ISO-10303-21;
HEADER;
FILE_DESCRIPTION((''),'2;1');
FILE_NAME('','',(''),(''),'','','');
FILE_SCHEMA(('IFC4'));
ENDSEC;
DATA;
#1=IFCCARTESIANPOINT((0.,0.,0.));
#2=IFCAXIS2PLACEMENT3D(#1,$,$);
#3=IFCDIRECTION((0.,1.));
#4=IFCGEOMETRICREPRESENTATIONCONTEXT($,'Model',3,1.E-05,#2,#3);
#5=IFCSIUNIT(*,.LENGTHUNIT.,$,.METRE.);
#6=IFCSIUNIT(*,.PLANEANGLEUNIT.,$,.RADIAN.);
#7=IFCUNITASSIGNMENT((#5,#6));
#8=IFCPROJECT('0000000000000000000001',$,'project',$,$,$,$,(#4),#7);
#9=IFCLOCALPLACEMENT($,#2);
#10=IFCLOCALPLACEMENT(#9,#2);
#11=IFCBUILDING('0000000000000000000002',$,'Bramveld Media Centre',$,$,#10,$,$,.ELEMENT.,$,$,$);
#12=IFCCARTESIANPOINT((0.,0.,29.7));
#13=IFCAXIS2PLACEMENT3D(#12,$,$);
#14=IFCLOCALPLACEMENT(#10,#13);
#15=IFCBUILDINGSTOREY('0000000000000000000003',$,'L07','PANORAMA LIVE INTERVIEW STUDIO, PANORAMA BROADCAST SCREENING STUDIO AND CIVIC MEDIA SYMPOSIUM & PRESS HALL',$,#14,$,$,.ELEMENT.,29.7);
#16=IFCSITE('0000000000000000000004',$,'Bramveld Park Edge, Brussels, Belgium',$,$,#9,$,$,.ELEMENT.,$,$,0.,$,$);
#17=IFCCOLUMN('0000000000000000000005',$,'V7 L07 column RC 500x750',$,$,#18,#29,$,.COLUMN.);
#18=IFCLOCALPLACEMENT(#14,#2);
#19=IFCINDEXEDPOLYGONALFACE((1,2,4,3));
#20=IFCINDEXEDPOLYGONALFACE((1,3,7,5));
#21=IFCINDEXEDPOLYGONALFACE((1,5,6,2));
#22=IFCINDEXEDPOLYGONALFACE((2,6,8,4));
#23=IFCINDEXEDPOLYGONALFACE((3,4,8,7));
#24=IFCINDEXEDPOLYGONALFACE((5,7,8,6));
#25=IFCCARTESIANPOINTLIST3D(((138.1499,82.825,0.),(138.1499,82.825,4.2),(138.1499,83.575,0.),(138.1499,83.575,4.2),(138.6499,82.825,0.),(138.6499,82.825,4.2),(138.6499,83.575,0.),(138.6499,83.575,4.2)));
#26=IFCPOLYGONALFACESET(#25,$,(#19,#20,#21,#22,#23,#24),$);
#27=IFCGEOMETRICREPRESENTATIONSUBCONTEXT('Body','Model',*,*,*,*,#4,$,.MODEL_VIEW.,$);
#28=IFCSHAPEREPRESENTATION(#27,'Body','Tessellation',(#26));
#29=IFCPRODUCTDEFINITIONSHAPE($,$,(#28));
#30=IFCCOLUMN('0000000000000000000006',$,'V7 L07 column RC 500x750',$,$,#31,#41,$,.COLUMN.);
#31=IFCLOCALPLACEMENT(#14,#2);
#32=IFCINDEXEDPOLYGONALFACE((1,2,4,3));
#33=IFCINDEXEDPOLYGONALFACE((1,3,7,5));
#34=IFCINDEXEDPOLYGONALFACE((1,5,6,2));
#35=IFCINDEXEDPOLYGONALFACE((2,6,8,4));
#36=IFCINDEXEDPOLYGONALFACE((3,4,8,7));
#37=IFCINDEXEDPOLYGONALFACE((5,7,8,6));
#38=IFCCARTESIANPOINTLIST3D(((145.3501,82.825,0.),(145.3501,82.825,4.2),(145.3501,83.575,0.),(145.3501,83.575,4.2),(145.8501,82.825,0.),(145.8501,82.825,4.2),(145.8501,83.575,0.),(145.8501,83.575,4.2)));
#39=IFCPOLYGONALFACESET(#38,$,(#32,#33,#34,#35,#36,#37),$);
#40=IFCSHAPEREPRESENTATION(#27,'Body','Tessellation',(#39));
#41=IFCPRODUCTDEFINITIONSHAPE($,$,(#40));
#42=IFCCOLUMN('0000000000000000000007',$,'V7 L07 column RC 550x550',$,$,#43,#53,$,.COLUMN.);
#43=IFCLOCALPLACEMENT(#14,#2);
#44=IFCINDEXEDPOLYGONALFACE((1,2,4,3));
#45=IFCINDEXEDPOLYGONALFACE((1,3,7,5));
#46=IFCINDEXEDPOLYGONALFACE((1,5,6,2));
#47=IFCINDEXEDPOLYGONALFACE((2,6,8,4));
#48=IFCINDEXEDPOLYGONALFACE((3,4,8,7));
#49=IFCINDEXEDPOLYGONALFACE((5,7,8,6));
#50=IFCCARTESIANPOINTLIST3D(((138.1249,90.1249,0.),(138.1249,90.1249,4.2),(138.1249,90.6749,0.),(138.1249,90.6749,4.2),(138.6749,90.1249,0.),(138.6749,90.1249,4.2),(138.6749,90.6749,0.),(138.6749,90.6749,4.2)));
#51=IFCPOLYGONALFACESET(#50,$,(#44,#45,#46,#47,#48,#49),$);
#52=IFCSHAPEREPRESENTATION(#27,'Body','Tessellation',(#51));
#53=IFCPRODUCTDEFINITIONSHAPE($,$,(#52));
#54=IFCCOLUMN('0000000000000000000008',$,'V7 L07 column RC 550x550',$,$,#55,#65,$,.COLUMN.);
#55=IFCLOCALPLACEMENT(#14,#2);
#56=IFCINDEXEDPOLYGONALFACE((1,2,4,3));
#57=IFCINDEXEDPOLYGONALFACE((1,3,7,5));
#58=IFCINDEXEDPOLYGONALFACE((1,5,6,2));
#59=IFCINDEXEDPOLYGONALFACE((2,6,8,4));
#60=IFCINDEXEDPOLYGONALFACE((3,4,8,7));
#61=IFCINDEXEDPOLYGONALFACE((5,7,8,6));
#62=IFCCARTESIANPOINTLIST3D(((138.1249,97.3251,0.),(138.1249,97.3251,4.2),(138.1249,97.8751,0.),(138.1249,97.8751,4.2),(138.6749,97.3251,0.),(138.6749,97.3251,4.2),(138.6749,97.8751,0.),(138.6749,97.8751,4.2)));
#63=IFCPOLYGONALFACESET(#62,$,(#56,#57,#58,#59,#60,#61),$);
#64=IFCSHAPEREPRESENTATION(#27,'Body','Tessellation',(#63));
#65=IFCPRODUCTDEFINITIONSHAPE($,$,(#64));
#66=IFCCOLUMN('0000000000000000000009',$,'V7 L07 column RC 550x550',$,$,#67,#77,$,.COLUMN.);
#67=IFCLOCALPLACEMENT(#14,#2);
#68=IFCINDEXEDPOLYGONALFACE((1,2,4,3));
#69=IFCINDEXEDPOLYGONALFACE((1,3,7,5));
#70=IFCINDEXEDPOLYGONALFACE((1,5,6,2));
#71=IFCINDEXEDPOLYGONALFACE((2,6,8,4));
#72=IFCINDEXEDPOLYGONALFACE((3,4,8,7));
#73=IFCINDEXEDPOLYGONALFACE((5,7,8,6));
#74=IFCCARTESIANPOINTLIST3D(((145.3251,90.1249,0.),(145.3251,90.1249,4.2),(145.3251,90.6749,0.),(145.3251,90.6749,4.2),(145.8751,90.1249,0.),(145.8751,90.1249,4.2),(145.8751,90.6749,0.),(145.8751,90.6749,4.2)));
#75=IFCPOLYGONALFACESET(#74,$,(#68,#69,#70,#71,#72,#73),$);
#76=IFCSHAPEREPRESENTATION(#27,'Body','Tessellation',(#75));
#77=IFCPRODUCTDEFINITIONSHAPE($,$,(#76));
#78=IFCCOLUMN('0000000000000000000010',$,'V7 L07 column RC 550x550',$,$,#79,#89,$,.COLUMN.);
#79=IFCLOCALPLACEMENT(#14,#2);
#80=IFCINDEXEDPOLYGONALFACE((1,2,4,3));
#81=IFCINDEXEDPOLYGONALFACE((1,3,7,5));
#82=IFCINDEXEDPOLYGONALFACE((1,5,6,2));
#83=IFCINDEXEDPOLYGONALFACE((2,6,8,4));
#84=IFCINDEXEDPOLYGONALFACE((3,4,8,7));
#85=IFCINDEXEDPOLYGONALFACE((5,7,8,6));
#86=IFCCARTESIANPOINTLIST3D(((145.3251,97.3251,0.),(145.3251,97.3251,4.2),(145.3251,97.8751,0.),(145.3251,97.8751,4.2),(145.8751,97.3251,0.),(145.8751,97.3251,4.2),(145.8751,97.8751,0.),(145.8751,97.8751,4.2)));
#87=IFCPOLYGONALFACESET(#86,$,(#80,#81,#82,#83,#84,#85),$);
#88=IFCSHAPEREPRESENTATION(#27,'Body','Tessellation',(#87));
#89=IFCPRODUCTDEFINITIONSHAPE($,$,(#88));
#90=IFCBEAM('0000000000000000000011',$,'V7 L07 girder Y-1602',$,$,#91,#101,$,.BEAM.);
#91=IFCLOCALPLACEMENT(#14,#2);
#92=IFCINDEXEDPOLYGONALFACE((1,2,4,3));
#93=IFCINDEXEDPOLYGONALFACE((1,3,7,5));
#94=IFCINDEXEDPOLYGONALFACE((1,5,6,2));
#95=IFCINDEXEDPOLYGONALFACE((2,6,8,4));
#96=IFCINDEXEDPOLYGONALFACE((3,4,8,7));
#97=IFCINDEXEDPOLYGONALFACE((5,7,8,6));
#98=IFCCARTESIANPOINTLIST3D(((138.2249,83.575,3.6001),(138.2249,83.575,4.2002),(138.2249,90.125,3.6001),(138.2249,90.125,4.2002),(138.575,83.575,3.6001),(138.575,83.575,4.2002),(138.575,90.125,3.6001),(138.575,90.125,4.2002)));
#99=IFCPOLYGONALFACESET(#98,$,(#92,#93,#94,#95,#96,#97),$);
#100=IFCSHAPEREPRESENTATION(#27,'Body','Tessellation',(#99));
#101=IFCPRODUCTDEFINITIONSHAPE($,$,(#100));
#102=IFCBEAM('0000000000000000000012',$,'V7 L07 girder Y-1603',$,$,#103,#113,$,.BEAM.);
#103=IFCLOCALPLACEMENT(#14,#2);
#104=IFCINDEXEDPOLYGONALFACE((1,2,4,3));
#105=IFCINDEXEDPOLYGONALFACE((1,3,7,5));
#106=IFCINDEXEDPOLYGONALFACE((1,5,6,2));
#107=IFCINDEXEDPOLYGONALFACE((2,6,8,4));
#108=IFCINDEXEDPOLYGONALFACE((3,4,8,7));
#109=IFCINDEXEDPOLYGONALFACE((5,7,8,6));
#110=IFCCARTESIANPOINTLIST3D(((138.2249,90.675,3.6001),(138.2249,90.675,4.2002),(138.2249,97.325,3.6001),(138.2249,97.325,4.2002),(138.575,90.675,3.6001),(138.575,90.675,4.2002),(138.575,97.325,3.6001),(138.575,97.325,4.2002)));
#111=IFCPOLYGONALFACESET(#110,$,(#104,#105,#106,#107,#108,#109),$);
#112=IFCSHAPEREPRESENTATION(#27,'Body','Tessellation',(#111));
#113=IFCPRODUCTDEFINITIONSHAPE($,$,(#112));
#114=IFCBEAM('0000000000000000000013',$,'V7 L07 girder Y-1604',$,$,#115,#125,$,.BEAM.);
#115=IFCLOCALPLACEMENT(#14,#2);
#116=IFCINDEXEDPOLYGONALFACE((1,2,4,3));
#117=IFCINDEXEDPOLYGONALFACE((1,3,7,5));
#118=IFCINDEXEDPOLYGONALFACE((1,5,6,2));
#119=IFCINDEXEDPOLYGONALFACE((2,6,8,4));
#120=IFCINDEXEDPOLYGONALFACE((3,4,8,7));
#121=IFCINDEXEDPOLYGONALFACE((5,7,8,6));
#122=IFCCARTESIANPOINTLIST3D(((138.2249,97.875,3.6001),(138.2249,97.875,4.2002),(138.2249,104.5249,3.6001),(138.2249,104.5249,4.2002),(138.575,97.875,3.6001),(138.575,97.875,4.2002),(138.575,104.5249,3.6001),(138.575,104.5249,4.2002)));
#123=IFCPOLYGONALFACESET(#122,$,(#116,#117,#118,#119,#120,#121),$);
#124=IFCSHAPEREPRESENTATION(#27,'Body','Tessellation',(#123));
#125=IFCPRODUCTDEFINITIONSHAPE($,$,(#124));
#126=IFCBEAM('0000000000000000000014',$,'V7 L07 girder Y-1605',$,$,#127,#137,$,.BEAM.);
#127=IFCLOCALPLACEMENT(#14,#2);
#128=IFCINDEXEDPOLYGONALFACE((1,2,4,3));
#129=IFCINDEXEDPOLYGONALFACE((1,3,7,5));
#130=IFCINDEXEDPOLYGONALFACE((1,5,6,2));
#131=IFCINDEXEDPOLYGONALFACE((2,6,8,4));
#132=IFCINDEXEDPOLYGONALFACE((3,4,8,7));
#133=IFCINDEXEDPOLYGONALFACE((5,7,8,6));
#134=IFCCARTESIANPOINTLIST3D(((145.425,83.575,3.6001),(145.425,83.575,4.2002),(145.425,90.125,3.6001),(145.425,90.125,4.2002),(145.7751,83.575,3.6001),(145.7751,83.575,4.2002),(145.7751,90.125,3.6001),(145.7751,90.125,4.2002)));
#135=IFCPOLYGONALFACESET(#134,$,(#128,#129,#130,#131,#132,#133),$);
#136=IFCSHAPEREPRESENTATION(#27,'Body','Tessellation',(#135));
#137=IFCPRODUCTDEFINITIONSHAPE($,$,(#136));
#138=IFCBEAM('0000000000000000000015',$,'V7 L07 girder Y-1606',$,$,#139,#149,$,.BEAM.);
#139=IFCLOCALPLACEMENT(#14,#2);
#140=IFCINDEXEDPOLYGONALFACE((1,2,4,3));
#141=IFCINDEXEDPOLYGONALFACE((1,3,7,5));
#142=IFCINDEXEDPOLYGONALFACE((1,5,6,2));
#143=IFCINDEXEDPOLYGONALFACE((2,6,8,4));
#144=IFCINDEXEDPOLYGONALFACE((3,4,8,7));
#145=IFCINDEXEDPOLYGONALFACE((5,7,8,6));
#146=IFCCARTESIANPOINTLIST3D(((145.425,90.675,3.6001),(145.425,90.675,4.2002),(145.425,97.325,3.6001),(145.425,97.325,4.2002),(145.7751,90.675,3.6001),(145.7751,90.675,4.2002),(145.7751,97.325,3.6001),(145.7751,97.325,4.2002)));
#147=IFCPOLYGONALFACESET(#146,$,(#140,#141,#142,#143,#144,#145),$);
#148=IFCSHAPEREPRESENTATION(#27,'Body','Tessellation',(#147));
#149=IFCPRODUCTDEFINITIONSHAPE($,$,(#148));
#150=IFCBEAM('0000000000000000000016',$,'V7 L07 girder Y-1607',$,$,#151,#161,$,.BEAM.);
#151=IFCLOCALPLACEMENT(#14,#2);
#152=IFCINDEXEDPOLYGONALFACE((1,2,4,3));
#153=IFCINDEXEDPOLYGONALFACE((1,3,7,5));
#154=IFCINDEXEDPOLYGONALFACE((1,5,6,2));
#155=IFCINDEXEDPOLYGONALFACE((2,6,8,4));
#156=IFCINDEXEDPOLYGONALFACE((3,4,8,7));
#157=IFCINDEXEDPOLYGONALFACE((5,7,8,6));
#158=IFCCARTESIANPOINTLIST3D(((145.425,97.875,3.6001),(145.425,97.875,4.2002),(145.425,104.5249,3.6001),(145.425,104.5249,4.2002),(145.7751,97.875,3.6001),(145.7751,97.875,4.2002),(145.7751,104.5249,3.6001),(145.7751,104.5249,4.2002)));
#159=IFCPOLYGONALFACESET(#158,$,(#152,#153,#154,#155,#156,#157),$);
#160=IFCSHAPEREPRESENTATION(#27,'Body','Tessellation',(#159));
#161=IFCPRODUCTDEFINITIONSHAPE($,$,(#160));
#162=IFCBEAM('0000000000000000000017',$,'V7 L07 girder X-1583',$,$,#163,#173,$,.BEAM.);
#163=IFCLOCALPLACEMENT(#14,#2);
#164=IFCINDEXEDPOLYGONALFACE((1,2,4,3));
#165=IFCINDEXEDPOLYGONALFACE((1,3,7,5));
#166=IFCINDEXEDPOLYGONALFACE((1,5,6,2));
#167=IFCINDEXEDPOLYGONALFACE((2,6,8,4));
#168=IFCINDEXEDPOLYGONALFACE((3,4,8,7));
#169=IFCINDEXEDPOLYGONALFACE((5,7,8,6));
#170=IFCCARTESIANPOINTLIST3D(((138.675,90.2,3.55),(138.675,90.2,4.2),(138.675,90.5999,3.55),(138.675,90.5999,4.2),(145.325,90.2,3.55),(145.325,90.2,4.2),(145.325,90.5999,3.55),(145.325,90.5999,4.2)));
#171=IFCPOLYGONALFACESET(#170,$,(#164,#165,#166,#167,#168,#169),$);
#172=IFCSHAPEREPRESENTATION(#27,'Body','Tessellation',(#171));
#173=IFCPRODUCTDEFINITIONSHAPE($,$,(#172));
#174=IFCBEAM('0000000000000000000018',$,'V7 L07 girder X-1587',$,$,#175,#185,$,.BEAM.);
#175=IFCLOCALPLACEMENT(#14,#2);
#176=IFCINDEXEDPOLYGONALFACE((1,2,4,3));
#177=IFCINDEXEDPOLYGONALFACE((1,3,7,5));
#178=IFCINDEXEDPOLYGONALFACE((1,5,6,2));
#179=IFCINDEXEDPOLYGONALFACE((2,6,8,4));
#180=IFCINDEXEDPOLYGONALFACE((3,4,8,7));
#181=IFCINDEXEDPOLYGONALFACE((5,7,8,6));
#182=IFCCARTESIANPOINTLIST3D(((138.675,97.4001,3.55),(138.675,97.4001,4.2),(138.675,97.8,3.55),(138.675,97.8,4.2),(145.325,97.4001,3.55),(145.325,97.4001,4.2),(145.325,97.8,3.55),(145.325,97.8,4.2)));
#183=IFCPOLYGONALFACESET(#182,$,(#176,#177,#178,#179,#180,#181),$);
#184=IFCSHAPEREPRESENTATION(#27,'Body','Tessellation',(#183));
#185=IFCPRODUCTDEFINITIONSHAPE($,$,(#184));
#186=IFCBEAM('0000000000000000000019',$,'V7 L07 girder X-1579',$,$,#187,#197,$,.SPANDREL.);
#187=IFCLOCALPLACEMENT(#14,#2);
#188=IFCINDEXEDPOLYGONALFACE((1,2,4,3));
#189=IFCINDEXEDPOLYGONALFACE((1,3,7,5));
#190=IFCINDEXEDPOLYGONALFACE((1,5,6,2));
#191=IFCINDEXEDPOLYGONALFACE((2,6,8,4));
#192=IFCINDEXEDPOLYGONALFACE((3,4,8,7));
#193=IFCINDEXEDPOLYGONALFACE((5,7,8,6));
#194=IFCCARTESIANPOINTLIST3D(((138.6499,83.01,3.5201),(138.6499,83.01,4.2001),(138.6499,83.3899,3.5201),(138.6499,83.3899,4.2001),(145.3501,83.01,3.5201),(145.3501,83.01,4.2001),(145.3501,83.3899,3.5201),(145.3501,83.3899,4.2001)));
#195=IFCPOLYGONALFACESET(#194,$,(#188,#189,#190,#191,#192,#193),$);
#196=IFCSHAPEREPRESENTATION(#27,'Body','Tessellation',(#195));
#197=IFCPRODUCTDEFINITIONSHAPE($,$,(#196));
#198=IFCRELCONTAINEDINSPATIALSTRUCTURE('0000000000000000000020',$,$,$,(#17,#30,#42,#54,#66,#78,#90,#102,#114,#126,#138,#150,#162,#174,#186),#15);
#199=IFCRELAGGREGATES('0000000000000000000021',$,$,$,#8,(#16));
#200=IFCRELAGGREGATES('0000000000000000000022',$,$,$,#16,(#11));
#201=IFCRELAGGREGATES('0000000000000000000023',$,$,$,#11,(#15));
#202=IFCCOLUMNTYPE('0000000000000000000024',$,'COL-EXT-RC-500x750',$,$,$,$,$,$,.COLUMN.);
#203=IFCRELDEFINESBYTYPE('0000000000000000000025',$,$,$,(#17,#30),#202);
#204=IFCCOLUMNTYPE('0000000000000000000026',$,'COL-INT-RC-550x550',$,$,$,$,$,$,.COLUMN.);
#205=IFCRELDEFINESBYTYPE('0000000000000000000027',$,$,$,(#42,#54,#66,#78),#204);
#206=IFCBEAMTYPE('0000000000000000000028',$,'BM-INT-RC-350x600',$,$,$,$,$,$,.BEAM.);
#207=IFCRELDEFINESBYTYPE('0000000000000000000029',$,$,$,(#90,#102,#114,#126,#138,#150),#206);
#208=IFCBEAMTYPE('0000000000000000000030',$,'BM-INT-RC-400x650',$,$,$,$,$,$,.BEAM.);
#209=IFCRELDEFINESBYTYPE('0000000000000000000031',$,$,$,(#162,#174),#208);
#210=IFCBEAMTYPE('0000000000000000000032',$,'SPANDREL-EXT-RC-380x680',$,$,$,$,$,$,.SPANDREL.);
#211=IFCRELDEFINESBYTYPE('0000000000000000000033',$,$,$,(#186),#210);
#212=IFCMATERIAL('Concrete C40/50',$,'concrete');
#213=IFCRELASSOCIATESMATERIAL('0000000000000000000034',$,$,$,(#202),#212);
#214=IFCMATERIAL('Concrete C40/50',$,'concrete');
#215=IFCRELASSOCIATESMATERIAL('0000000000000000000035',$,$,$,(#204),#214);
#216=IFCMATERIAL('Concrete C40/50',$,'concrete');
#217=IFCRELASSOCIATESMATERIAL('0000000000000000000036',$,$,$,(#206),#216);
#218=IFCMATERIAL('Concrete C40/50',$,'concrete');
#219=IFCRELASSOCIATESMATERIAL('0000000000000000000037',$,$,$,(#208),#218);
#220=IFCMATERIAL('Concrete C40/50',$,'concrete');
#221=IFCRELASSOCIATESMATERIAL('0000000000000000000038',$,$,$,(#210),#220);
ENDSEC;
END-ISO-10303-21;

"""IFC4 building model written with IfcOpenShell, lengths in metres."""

from ifc_helpers import new_model, si_unit, direction, frame, origin, origin_2d, place, context, subcontext, project, spatial, rectangle, extrude, material, material_profile, profile_set, type_object, element, save


model = new_model("IFC4")

# Units and contexts
model_context = context("Model", 3, precision=1e-05, world=origin(), true_north=direction((0.0, 1.0)))
body_context = subcontext(model_context, "Body", "Model", "MODEL_VIEW")
ifc_project = project(units=[si_unit("LENGTHUNIT", "METRE"), si_unit("PLANEANGLEUNIT", "RADIAN")], contexts=[model_context])

# Site, building, storey
site_placement = place(None, origin())
site = spatial("IfcSite", under=ifc_project, at=site_placement, Name="Bramveld Park Edge, Brussels, Belgium", CompositionType="ELEMENT", RefElevation=0.0)
building_placement = place(site_placement, origin())
building = spatial("IfcBuilding", under=site, at=building_placement, Name="Bramveld Media Centre", CompositionType="ELEMENT")
storey_placement = place(building_placement, frame((0.0, 0.0, 29.7)))
storey = spatial("IfcBuildingStorey", under=building, at=storey_placement, Name="L07", Description="PANORAMA LIVE INTERVIEW STUDIO, PANORAMA BROADCAST SCREENING STUDIO AND CIVIC MEDIA SYMPOSIUM & PRESS HALL", CompositionType="ELEMENT", Elevation=29.7)

# Columns
ifc_material_1 = material(Name="Concrete C40/50", Category="concrete")
ifc_material_profile_1 = material_profile(ifc_material_1, rectangle(XDim=0.5, YDim=0.75, at=origin_2d()), Name="RC 500x750")
ifc_profile_set_1 = profile_set([ifc_material_profile_1], Name="Concrete C40/50")
column_type_1 = type_object("IfcColumnType", Name="COL-EXT-RC-500x750", PredefinedType="COLUMN", material=ifc_profile_set_1)
for number, where, z_axis, x_axis, name in (
    (1, (138.3999, 83.2, 0.0), (0.0, 0.0, 1.0), (1.0, 0.0, 0.0), "V7 L07 column RC 500x750"),
    (2, (145.6001, 83.2, 0.0), (0.0, 0.0, 1.0), (1.0, 0.0, 0.0), "V7 L07 column RC 500x750"),
):
    element("IfcColumn", number, at=place(storey_placement, frame(where, z_axis=z_axis, x_axis=x_axis)), inside=storey, type_object=column_type_1, Name=name, PredefinedType="COLUMN", context=body_context, shape_type="SweptSolid", body=[
        extrude(rectangle(XDim=0.5, YDim=0.75, at=origin_2d()), origin(), (0.0, 0.0, 1.0), 4.2),
    ])
ifc_material_2 = material(Name="Concrete C40/50", Category="concrete")
ifc_material_profile_2 = material_profile(ifc_material_2, rectangle(XDim=0.55, YDim=0.55, at=origin_2d()), Name="RC 550x550")
ifc_profile_set_2 = profile_set([ifc_material_profile_2], Name="Concrete C40/50")
column_type_2 = type_object("IfcColumnType", Name="COL-INT-RC-550x550", PredefinedType="COLUMN", material=ifc_profile_set_2)
for number, where, z_axis, x_axis, name in (
    (3, (138.3999, 90.3999, 0.0), (0.0, 0.0, 1.0), (1.0, 0.0, 0.0), "V7 L07 column RC 550x550"),
    (4, (138.3999, 97.6001, 0.0), (0.0, 0.0, 1.0), (1.0, 0.0, 0.0), "V7 L07 column RC 550x550"),
    (5, (145.6001, 90.3999, 0.0), (0.0, 0.0, 1.0), (1.0, 0.0, 0.0), "V7 L07 column RC 550x550"),
    (6, (145.6001, 97.6001, 0.0), (0.0, 0.0, 1.0), (1.0, 0.0, 0.0), "V7 L07 column RC 550x550"),
):
    element("IfcColumn", number, at=place(storey_placement, frame(where, z_axis=z_axis, x_axis=x_axis)), inside=storey, type_object=column_type_2, Name=name, PredefinedType="COLUMN", context=body_context, shape_type="SweptSolid", body=[
        extrude(rectangle(XDim=0.55, YDim=0.55, at=origin_2d()), origin(), (0.0, 0.0, 1.0), 4.2),
    ])

# Beams
ifc_material_3 = material(Name="Concrete C40/50", Category="concrete")
ifc_material_profile_3 = material_profile(ifc_material_3, rectangle(XDim=0.3501, YDim=0.6001, at=origin_2d()), Name="RC 350x600")
ifc_profile_set_3 = profile_set([ifc_material_profile_3], Name="Concrete C40/50")
beam_type_1 = type_object("IfcBeamType", Name="BM-INT-RC-350x600", PredefinedType="BEAM", material=ifc_profile_set_3)
beam_1_placement = place(storey_placement, frame((138.3999, 83.575, 3.9001), z_axis=(0.0, 1.0, 0.0), x_axis=(-1.0, 0.0, 0.0)))
element("IfcBeam", 7, at=beam_1_placement, inside=storey, type_object=beam_type_1, Name="V7 L07 girder Y-1602", PredefinedType="BEAM", context=body_context, shape_type="SweptSolid", body=[
    extrude(rectangle(XDim=0.3501, YDim=0.6001, at=origin_2d()), origin(), (0.0, 0.0, 1.0), 6.55),
])
for number, where, z_axis, x_axis, name in (
    (8, (138.3999, 90.675, 3.9001), (0.0, 1.0, 0.0), (-1.0, 0.0, 0.0), "V7 L07 girder Y-1603"),
    (9, (138.3999, 97.875, 3.9001), (0.0, 1.0, 0.0), (-1.0, 0.0, 0.0), "V7 L07 girder Y-1604"),
):
    element("IfcBeam", number, at=place(storey_placement, frame(where, z_axis=z_axis, x_axis=x_axis)), inside=storey, type_object=beam_type_1, Name=name, PredefinedType="BEAM", context=body_context, shape_type="SweptSolid", body=[
        extrude(rectangle(XDim=0.3501, YDim=0.6001, at=origin_2d()), origin(), (0.0, 0.0, 1.0), 6.6499),
    ])
beam_2_placement = place(storey_placement, frame((145.6001, 83.575, 3.9001), z_axis=(0.0, 1.0, 0.0), x_axis=(-1.0, 0.0, 0.0)))
element("IfcBeam", 10, at=beam_2_placement, inside=storey, type_object=beam_type_1, Name="V7 L07 girder Y-1605", PredefinedType="BEAM", context=body_context, shape_type="SweptSolid", body=[
    extrude(rectangle(XDim=0.3501, YDim=0.6001, at=origin_2d()), origin(), (0.0, 0.0, 1.0), 6.55),
])
for number, where, z_axis, x_axis, name in (
    (11, (145.6001, 90.675, 3.9001), (0.0, 1.0, 0.0), (-1.0, 0.0, 0.0), "V7 L07 girder Y-1606"),
    (12, (145.6001, 97.875, 3.9001), (0.0, 1.0, 0.0), (-1.0, 0.0, 0.0), "V7 L07 girder Y-1607"),
):
    element("IfcBeam", number, at=place(storey_placement, frame(where, z_axis=z_axis, x_axis=x_axis)), inside=storey, type_object=beam_type_1, Name=name, PredefinedType="BEAM", context=body_context, shape_type="SweptSolid", body=[
        extrude(rectangle(XDim=0.3501, YDim=0.6001, at=origin_2d()), origin(), (0.0, 0.0, 1.0), 6.6499),
    ])
ifc_material_4 = material(Name="Concrete C40/50", Category="concrete")
ifc_material_profile_4 = material_profile(ifc_material_4, rectangle(XDim=0.3999, YDim=0.6499, at=origin_2d()), Name="RC 400x650")
ifc_profile_set_4 = profile_set([ifc_material_profile_4], Name="Concrete C40/50")
beam_type_2 = type_object("IfcBeamType", Name="BM-INT-RC-400x650", PredefinedType="BEAM", material=ifc_profile_set_4)
for number, where, z_axis, x_axis, name in (
    (13, (138.675, 90.3999, 3.875), (1.0, 0.0, 0.0), (0.0, 1.0, 0.0), "V7 L07 girder X-1583"),
    (14, (138.675, 97.6001, 3.875), (1.0, 0.0, 0.0), (0.0, 1.0, 0.0), "V7 L07 girder X-1587"),
):
    element("IfcBeam", number, at=place(storey_placement, frame(where, z_axis=z_axis, x_axis=x_axis)), inside=storey, type_object=beam_type_2, Name=name, PredefinedType="BEAM", context=body_context, shape_type="SweptSolid", body=[
        extrude(rectangle(XDim=0.3999, YDim=0.6499, at=origin_2d()), origin(), (0.0, 0.0, 1.0), 6.6499),
    ])
ifc_material_5 = material(Name="Concrete C40/50", Category="concrete")
ifc_material_profile_5 = material_profile(ifc_material_5, rectangle(XDim=0.3799, YDim=0.6799, at=origin_2d()), Name="RC 380x680")
ifc_profile_set_5 = profile_set([ifc_material_profile_5], Name="Concrete C40/50")
beam_type_3 = type_object("IfcBeamType", Name="SPANDREL-EXT-RC-380x680", PredefinedType="SPANDREL", material=ifc_profile_set_5)
beam_3_placement = place(storey_placement, frame((138.6499, 83.2, 3.8601), z_axis=(1.0, 0.0, 0.0), x_axis=(0.0, 1.0, 0.0)))
element("IfcBeam", 15, at=beam_3_placement, inside=storey, type_object=beam_type_3, Name="V7 L07 girder X-1579", PredefinedType="SPANDREL", context=body_context, shape_type="SweptSolid", body=[
    extrude(rectangle(XDim=0.3799, YDim=0.6799, at=origin_2d()), origin(), (0.0, 0.0, 1.0), 6.7002),
])

save(model, "model.ifc")
